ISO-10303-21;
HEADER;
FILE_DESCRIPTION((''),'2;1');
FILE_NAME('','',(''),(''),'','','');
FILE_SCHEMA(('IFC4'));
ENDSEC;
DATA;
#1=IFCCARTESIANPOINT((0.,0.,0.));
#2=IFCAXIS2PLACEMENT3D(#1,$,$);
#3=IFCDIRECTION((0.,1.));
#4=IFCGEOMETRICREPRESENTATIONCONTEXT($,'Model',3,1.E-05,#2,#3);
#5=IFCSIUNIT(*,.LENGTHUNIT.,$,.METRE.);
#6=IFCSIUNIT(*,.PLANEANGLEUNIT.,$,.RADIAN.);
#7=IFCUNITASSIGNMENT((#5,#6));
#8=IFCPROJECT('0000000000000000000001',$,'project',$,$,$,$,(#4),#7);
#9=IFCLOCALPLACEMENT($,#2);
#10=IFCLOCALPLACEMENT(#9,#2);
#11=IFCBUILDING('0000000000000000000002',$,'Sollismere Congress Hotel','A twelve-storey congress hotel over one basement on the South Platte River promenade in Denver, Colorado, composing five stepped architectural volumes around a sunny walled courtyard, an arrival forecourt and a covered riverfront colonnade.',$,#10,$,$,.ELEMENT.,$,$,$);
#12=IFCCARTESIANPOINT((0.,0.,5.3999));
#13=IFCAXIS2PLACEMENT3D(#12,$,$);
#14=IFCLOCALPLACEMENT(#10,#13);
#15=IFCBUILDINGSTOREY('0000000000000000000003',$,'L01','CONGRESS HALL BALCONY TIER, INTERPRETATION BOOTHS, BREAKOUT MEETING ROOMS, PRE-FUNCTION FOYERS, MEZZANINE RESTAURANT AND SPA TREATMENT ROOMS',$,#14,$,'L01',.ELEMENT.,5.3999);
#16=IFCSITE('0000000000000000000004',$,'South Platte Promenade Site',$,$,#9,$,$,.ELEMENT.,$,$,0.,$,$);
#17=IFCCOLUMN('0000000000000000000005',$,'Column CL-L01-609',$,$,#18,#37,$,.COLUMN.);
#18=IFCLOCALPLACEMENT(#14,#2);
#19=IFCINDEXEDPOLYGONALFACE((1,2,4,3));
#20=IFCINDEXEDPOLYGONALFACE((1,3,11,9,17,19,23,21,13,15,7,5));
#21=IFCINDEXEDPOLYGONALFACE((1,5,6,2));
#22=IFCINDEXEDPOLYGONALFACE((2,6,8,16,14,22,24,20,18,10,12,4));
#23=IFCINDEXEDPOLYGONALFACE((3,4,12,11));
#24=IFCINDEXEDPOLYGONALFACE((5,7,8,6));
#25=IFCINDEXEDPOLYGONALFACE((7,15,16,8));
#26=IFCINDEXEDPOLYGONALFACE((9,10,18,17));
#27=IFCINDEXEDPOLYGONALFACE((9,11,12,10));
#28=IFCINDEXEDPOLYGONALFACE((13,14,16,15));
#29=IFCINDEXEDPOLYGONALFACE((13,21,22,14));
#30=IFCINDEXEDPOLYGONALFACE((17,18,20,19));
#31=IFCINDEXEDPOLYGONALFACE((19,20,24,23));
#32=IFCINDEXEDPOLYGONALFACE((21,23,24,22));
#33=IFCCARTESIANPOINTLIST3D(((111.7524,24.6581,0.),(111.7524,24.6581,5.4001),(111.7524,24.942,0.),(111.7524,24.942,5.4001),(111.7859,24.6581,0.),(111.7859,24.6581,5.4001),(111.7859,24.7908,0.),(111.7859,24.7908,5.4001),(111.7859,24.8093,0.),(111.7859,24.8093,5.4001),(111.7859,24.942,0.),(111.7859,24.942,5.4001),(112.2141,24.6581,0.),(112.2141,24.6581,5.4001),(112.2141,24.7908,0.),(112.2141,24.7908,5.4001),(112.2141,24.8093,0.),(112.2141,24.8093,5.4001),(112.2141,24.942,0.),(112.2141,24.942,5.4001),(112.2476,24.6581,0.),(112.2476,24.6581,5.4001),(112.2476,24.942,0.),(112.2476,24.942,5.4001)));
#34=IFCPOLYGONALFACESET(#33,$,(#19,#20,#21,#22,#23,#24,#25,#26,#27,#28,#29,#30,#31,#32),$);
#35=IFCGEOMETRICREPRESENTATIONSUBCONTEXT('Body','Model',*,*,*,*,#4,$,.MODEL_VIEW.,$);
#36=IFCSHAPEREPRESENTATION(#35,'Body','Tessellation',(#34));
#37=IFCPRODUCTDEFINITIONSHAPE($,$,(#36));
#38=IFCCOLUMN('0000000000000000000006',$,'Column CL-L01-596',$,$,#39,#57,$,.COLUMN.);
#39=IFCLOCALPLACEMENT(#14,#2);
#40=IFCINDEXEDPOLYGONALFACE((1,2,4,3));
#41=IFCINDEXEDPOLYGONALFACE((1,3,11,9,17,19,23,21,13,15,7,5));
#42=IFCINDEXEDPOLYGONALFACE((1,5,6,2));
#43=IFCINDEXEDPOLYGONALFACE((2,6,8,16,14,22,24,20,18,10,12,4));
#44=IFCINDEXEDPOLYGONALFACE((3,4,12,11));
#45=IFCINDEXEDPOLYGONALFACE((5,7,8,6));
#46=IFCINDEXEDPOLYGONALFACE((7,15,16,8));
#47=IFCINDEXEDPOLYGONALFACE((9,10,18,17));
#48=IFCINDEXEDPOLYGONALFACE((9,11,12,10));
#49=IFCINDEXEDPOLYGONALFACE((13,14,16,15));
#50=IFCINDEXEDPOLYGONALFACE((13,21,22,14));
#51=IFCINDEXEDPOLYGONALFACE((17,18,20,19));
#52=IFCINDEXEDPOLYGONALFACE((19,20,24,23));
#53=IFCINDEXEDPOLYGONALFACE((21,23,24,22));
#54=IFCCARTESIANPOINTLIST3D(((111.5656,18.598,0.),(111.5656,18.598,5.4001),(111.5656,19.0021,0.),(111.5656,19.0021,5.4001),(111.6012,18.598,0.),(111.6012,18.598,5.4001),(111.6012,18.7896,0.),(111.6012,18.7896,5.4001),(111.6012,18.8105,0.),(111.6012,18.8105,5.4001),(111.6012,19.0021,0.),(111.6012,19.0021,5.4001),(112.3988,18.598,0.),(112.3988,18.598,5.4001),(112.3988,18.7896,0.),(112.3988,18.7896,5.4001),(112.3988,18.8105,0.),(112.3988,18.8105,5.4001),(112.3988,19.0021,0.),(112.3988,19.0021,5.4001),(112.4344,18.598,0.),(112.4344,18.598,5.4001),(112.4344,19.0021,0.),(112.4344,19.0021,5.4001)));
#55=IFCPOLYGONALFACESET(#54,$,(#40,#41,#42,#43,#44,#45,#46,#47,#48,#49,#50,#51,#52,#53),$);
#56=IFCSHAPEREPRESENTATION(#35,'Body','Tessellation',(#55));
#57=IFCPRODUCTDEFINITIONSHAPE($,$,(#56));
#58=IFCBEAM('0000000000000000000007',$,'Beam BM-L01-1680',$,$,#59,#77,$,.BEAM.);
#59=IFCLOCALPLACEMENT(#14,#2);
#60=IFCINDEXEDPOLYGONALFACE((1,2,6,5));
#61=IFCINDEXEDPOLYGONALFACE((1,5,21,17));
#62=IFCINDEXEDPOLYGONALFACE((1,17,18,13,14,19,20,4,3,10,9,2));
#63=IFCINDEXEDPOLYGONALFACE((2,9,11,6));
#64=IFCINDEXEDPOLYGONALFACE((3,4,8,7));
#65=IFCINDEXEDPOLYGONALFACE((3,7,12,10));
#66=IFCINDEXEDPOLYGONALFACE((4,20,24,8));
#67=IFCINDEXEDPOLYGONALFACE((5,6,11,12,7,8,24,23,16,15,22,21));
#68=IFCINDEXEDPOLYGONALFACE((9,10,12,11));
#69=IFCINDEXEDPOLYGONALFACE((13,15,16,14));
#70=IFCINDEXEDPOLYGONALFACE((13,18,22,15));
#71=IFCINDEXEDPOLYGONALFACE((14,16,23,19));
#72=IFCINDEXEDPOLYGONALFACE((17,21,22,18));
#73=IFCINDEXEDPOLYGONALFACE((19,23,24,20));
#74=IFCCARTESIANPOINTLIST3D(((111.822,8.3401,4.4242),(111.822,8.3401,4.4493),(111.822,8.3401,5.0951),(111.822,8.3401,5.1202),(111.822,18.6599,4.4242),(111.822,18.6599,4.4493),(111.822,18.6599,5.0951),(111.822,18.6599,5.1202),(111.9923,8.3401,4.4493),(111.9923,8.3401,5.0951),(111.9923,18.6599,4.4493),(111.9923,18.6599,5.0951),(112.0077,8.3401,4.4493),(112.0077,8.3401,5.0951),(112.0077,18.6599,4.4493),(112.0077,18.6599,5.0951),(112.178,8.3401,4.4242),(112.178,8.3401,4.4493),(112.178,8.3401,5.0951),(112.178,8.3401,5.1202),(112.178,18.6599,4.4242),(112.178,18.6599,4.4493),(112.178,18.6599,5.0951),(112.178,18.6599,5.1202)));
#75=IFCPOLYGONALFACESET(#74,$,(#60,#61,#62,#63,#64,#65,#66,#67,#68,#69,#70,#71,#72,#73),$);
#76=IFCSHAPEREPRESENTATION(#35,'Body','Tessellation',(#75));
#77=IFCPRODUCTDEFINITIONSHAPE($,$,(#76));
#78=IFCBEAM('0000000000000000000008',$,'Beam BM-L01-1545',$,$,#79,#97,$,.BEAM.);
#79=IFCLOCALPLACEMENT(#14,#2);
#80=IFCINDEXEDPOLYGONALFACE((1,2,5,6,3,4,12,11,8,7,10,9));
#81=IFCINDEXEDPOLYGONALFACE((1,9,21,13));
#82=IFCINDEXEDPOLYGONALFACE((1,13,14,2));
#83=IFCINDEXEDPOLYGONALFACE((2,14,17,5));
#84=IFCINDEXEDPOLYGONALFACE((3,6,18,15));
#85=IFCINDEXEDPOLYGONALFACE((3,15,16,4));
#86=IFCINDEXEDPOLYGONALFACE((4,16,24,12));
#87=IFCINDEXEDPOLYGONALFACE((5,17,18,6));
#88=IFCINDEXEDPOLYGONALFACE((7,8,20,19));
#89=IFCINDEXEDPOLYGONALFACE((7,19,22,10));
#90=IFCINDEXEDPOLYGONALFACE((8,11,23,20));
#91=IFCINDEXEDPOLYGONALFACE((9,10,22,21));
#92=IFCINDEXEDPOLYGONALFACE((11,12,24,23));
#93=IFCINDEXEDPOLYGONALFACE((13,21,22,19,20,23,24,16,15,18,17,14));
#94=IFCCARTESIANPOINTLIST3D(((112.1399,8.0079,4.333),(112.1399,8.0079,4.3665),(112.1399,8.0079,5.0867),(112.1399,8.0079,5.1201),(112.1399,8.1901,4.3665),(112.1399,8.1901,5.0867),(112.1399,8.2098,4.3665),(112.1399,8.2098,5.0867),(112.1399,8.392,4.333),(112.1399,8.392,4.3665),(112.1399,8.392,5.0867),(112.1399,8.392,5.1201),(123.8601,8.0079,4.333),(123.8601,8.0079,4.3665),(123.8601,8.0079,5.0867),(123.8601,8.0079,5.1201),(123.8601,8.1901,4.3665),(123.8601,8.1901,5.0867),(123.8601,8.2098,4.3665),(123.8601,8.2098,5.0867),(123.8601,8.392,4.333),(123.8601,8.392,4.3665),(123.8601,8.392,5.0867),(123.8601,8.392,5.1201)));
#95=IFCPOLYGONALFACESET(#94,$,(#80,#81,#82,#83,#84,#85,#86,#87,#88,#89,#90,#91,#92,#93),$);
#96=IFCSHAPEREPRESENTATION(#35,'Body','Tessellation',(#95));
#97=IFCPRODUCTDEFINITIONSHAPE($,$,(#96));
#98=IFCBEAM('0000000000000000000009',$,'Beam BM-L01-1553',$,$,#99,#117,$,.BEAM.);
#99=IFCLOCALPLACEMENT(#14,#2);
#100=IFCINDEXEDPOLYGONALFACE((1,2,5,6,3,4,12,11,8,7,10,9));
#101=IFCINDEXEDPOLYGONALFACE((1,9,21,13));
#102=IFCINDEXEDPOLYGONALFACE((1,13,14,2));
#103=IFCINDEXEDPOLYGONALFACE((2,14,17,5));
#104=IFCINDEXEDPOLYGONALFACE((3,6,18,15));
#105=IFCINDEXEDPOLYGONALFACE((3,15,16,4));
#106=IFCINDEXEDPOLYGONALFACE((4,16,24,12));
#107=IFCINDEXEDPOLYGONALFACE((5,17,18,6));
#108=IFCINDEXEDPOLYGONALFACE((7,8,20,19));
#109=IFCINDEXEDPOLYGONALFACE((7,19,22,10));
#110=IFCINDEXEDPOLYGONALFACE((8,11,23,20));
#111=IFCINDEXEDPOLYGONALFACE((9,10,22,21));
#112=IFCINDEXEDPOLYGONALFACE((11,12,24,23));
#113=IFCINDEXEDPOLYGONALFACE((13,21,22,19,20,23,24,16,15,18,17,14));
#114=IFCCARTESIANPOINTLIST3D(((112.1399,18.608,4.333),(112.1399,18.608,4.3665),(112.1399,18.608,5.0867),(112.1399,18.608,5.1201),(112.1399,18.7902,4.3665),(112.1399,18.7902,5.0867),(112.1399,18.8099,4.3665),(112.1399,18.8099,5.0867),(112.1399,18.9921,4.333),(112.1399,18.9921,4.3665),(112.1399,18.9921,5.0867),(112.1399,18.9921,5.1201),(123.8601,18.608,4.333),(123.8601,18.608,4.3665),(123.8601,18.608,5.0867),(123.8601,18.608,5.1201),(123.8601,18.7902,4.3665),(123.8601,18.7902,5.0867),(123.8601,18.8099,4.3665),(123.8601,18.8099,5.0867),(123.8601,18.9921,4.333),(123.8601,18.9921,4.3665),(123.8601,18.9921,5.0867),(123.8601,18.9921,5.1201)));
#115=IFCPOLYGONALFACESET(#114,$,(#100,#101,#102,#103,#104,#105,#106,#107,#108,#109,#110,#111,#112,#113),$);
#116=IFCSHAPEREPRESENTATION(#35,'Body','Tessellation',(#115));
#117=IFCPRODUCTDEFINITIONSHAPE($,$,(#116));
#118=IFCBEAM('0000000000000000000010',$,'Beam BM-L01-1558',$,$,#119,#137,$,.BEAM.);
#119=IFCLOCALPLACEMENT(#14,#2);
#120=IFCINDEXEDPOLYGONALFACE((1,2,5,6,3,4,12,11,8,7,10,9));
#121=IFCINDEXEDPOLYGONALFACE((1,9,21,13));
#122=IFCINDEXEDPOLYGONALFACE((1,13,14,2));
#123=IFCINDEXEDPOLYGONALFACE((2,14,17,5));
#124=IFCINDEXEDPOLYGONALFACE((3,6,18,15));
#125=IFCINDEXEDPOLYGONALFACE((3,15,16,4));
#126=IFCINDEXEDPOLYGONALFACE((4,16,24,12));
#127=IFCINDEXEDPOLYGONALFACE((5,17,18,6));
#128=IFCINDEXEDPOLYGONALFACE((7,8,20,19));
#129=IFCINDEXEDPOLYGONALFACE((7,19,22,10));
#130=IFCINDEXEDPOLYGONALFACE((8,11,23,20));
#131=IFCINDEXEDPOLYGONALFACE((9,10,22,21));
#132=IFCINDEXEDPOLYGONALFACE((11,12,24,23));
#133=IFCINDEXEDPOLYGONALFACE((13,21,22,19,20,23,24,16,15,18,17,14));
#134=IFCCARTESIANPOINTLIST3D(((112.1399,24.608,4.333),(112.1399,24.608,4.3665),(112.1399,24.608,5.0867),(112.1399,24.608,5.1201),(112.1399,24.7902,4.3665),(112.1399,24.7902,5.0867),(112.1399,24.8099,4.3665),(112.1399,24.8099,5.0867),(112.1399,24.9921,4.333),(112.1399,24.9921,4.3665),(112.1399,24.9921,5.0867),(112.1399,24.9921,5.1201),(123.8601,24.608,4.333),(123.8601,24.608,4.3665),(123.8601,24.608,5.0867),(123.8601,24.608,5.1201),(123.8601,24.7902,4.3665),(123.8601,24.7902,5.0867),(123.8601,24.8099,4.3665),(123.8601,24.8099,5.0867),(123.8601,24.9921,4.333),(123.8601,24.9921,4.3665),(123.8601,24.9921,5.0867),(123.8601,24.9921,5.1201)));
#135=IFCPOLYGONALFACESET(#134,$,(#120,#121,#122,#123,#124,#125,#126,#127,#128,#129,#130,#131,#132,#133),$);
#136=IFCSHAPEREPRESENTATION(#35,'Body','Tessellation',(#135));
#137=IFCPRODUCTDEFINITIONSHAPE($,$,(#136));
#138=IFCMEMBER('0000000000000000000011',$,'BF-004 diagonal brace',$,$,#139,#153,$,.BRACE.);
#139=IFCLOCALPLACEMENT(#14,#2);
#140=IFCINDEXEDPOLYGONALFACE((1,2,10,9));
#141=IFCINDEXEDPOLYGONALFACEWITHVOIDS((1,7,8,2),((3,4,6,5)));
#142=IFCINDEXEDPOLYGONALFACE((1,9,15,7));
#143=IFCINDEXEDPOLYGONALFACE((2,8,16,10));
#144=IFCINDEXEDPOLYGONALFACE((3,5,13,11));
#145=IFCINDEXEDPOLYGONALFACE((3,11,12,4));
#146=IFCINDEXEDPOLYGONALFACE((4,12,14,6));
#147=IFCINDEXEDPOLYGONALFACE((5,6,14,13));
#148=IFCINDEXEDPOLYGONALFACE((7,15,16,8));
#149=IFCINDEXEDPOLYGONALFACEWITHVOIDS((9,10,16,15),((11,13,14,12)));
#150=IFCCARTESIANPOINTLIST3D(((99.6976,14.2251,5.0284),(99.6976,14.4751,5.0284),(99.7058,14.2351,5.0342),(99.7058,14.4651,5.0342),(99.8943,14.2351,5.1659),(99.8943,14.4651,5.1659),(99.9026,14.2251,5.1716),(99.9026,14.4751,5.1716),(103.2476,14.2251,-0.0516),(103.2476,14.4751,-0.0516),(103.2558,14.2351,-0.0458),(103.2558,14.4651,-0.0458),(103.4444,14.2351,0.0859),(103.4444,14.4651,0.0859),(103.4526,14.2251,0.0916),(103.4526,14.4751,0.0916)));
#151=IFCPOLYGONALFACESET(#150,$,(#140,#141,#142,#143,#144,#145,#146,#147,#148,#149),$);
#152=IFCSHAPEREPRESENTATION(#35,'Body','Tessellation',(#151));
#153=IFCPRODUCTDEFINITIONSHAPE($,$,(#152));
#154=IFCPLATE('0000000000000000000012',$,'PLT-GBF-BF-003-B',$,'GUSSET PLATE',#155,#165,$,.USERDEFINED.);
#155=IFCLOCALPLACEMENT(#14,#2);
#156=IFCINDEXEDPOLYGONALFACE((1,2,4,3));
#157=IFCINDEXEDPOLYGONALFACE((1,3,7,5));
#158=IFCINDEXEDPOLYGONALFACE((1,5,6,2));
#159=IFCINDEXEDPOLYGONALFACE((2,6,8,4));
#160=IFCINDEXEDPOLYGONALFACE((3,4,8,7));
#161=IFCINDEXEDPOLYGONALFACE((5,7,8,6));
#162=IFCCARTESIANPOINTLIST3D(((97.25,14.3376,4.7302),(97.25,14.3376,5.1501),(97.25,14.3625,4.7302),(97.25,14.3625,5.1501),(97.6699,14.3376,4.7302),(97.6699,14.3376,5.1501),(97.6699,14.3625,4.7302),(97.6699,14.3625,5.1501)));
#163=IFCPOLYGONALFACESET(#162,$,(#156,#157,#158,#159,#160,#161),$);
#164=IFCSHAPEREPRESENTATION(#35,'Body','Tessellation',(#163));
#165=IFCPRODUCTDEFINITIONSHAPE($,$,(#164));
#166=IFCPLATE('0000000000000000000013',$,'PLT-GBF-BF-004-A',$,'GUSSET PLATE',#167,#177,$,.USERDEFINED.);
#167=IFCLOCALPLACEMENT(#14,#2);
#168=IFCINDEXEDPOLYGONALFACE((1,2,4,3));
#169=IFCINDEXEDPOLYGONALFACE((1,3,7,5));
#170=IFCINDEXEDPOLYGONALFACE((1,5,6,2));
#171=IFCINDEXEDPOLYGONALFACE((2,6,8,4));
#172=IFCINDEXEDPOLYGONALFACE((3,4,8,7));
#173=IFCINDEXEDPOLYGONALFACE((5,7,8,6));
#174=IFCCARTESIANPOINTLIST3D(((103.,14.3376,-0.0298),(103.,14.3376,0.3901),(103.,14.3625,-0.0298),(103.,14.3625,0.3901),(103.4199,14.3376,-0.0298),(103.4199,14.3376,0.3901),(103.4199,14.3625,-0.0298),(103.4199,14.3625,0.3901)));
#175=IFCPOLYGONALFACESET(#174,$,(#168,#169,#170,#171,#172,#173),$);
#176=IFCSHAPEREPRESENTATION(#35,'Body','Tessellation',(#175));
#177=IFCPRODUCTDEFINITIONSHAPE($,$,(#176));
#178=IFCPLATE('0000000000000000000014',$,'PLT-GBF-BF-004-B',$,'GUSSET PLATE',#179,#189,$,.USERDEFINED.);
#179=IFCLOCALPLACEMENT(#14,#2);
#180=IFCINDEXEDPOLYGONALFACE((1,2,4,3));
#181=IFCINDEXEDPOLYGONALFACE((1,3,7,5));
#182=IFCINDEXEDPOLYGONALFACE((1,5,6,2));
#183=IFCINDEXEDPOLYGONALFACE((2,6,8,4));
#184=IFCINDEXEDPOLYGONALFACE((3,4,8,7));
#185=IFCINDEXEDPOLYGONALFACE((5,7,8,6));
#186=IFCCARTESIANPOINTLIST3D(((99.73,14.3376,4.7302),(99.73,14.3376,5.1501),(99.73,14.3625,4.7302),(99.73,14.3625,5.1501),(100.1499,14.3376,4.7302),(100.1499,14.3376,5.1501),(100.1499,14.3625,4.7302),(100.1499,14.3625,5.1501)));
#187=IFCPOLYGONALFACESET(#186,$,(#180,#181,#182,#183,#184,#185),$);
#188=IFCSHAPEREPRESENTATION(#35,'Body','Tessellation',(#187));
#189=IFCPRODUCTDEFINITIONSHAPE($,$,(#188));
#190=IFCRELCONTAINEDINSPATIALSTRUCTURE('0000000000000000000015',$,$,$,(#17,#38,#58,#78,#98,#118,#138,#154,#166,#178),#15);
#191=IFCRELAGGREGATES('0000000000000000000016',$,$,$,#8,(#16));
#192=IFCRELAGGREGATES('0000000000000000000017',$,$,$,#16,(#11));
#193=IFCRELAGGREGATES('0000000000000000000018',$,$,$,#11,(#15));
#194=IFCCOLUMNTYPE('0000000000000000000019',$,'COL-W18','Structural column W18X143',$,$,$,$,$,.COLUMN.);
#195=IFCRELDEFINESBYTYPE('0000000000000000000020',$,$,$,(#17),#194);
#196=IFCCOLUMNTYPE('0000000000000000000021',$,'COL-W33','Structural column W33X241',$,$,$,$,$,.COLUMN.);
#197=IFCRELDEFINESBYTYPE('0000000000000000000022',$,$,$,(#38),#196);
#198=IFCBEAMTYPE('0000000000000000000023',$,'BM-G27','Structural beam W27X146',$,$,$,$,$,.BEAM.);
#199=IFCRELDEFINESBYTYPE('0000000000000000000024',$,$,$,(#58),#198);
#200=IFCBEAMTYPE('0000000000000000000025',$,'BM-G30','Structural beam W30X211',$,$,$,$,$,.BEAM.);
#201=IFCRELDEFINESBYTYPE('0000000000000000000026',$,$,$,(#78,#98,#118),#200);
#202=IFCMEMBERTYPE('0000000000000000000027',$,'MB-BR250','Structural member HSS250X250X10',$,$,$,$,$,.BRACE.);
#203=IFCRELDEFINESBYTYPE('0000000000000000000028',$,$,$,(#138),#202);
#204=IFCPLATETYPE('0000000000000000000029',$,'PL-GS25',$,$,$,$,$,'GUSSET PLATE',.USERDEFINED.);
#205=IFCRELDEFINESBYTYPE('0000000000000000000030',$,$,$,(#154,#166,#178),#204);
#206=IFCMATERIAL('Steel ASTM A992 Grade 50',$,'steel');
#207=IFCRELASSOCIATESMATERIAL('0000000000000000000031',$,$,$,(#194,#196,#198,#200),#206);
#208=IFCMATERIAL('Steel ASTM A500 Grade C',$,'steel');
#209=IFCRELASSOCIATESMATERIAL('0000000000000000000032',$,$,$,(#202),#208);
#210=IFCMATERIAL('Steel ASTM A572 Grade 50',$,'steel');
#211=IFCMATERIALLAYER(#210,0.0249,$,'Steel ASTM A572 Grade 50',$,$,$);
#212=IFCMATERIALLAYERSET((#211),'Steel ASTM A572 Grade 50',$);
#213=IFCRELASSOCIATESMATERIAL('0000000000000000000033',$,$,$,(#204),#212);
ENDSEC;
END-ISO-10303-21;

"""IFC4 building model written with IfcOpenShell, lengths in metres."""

from ifc_helpers import new_model, si_unit, direction, frame, origin, origin_2d, place, context, subcontext, project, spatial, rectangle, hollow_rectangle, i_section, extrude, material, layer, layer_set, material_profile, profile_set, type_object, element, save


model = new_model("IFC4")

# Units and contexts
model_context = context("Model", 3, precision=1e-05, world=origin(), true_north=direction((0.0, 1.0)))
body_context = subcontext(model_context, "Body", "Model", "MODEL_VIEW")
ifc_project = project(units=[si_unit("LENGTHUNIT", "METRE"), si_unit("PLANEANGLEUNIT", "RADIAN")], contexts=[model_context])

# Site, building, storey
site_placement = place(None, origin())
site = spatial("IfcSite", under=ifc_project, at=site_placement, Name="South Platte Promenade Site", CompositionType="ELEMENT", RefElevation=0.0)
building_placement = place(site_placement, origin())
building = spatial("IfcBuilding", under=site, at=building_placement, Name="Sollismere Congress Hotel", Description="A twelve-storey congress hotel over one basement on the South Platte River promenade in Denver, Colorado, composing five stepped architectural volumes around a sunny walled courtyard, an arrival forecourt and a covered riverfront colonnade.", CompositionType="ELEMENT")
storey_placement = place(building_placement, frame((0.0, 0.0, 5.3999)))
storey = spatial("IfcBuildingStorey", under=building, at=storey_placement, Name="L01", Description="CONGRESS HALL BALCONY TIER, INTERPRETATION BOOTHS, BREAKOUT MEETING ROOMS, PRE-FUNCTION FOYERS, MEZZANINE RESTAURANT AND SPA TREATMENT ROOMS", LongName="L01", CompositionType="ELEMENT", Elevation=5.3999)

# Columns
ifc_material_1 = material(Name="Steel ASTM A992 Grade 50", Category="steel")
ifc_material_profile_1 = material_profile(ifc_material_1, i_section(OverallWidth=0.2839, OverallDepth=0.4951, WebThickness=0.0186, FlangeThickness=0.0334, at=origin_2d()), Name="W18X143")
ifc_profile_set_1 = profile_set([ifc_material_profile_1], Name="Steel ASTM A992 Grade 50")
column_type_1 = type_object("IfcColumnType", Name="COL-W18", Description="Structural column W18X143", PredefinedType="COLUMN", material=ifc_profile_set_1)
column_1_placement = place(storey_placement, frame((112.0, 24.8, 0.0), z_axis=(0.0, 0.0, 1.0), x_axis=(0.0, 1.0, 0.0)))
element("IfcColumn", 1, at=column_1_placement, inside=storey, type_object=column_type_1, Name="Column CL-L01-609", PredefinedType="COLUMN", context=body_context, shape_type="SweptSolid", body=[
    extrude(i_section(OverallWidth=0.2839, OverallDepth=0.4951, WebThickness=0.0186, FlangeThickness=0.0334, at=origin_2d()), origin(), (0.0, 0.0, 1.0), 5.4001),
])
ifc_material_profile_2 = material_profile(ifc_material_1, i_section(OverallWidth=0.4041, OverallDepth=0.8689, WebThickness=0.021, FlangeThickness=0.0356, at=origin_2d()), Name="W33X241")
ifc_profile_set_2 = profile_set([ifc_material_profile_2], Name="Steel ASTM A992 Grade 50")
column_type_2 = type_object("IfcColumnType", Name="COL-W33", Description="Structural column W33X241", PredefinedType="COLUMN", material=ifc_profile_set_2)
column_2_placement = place(storey_placement, frame((112.0, 18.8, 0.0), z_axis=(0.0, 0.0, 1.0), x_axis=(0.0, 1.0, 0.0)))
element("IfcColumn", 2, at=column_2_placement, inside=storey, type_object=column_type_2, Name="Column CL-L01-596", PredefinedType="COLUMN", context=body_context, shape_type="SweptSolid", body=[
    extrude(i_section(OverallWidth=0.4041, OverallDepth=0.8689, WebThickness=0.021, FlangeThickness=0.0356, at=origin_2d()), origin(), (0.0, 0.0, 1.0), 5.4001),
])

# Beams
ifc_material_profile_3 = material_profile(ifc_material_1, i_section(OverallWidth=0.356, OverallDepth=0.696, WebThickness=0.0154, FlangeThickness=0.0251, at=origin_2d()), Name="W27X146")
ifc_profile_set_3 = profile_set([ifc_material_profile_3], Name="Steel ASTM A992 Grade 50")
beam_type_1 = type_object("IfcBeamType", Name="BM-G27", Description="Structural beam W27X146", PredefinedType="BEAM", material=ifc_profile_set_3)
beam_placement = place(storey_placement, frame((112.0, 8.3401, 4.7722), z_axis=(0.0, 1.0, 0.0), x_axis=(-1.0, 0.0, 0.0)))
element("IfcBeam", 3, at=beam_placement, inside=storey, type_object=beam_type_1, Name="Beam BM-L01-1680", PredefinedType="BEAM", context=body_context, shape_type="SweptSolid", body=[
    extrude(i_section(OverallWidth=0.356, OverallDepth=0.696, WebThickness=0.0154, FlangeThickness=0.0251, at=origin_2d()), origin(), (0.0, 0.0, 1.0), 10.3198),
])
ifc_material_profile_4 = material_profile(ifc_material_1, i_section(OverallWidth=0.384, OverallDepth=0.7871, WebThickness=0.0198, FlangeThickness=0.0334, at=origin_2d()), Name="W30X211")
ifc_profile_set_4 = profile_set([ifc_material_profile_4], Name="Steel ASTM A992 Grade 50")
beam_type_2 = type_object("IfcBeamType", Name="BM-G30", Description="Structural beam W30X211", PredefinedType="BEAM", material=ifc_profile_set_4)
for number, where, z_axis, x_axis, name in (
    (4, (112.1399, 8.2, 4.7266), (1.0, 0.0, 0.0), (0.0, 1.0, 0.0), "Beam BM-L01-1545"),
    (5, (112.1399, 18.8, 4.7266), (1.0, 0.0, 0.0), (0.0, 1.0, 0.0), "Beam BM-L01-1553"),
    (6, (112.1399, 24.8, 4.7266), (1.0, 0.0, 0.0), (0.0, 1.0, 0.0), "Beam BM-L01-1558"),
):
    element("IfcBeam", number, at=place(storey_placement, frame(where, z_axis=z_axis, x_axis=x_axis)), inside=storey, type_object=beam_type_2, Name=name, PredefinedType="BEAM", context=body_context, shape_type="SweptSolid", body=[
        extrude(i_section(OverallWidth=0.384, OverallDepth=0.7871, WebThickness=0.0198, FlangeThickness=0.0334, at=origin_2d()), origin(), (0.0, 0.0, 1.0), 11.7202),
    ])

# Member
ifc_material_2 = material(Name="Steel ASTM A500 Grade C", Category="steel")
ifc_material_profile_5 = material_profile(ifc_material_2, hollow_rectangle(XDim=0.25, YDim=0.25, WallThickness=0.01, at=origin_2d()), Name="HSS250X250X10")
ifc_profile_set_5 = profile_set([ifc_material_profile_5], Name="Steel ASTM A500 Grade C")
member_type = type_object("IfcMemberType", Name="MB-BR250", Description="Structural member HSS250X250X10", PredefinedType="BRACE", material=ifc_profile_set_5)
member_placement = place(storey_placement, frame((103.3501, 14.3501, 0.02), z_axis=(-0.572812, 0.0, 0.819687), x_axis=(0.0, -1.0, 0.0)))
element("IfcMember", 7, at=member_placement, inside=storey, type_object=member_type, Name="BF-004 diagonal brace", PredefinedType="BRACE", context=body_context, shape_type="SweptSolid", body=[
    extrude(hollow_rectangle(XDim=0.25, YDim=0.25, WallThickness=0.01, at=origin_2d()), origin(), (0.0, 0.0, 1.0), 6.1975),
])

# Plates
ifc_material_3 = material(Name="Steel ASTM A572 Grade 50", Category="steel")
ifc_layer_1 = layer(ifc_material_3, 0.0249, Name="Steel ASTM A572 Grade 50")
ifc_layer_set_1 = layer_set([ifc_layer_1], Name="Steel ASTM A572 Grade 50")
plate_type = type_object("IfcPlateType", Name="PL-GS25", ElementType="GUSSET PLATE", PredefinedType="USERDEFINED", material=ifc_layer_set_1)
for number, where, z_axis, x_axis, name in (
    (8, (97.46, 14.3501, 4.7302), (0.0, 0.0, 1.0), (1.0, 0.0, 0.0), "PLT-GBF-BF-003-B"),
    (9, (103.21, 14.3501, -0.0298), (0.0, 0.0, 1.0), (1.0, 0.0, 0.0), "PLT-GBF-BF-004-A"),
    (10, (99.9399, 14.3501, 4.7302), (0.0, 0.0, 1.0), (1.0, 0.0, 0.0), "PLT-GBF-BF-004-B"),
):
    element("IfcPlate", number, at=place(storey_placement, frame(where, z_axis=z_axis, x_axis=x_axis)), inside=storey, type_object=plate_type, Name=name, ObjectType="GUSSET PLATE", PredefinedType="USERDEFINED", context=body_context, shape_type="SweptSolid", body=[
        extrude(rectangle(XDim=0.4199, YDim=0.0249, at=origin_2d()), origin(), (0.0, 0.0, 1.0), 0.4199),
    ])

save(model, "model.ifc")
